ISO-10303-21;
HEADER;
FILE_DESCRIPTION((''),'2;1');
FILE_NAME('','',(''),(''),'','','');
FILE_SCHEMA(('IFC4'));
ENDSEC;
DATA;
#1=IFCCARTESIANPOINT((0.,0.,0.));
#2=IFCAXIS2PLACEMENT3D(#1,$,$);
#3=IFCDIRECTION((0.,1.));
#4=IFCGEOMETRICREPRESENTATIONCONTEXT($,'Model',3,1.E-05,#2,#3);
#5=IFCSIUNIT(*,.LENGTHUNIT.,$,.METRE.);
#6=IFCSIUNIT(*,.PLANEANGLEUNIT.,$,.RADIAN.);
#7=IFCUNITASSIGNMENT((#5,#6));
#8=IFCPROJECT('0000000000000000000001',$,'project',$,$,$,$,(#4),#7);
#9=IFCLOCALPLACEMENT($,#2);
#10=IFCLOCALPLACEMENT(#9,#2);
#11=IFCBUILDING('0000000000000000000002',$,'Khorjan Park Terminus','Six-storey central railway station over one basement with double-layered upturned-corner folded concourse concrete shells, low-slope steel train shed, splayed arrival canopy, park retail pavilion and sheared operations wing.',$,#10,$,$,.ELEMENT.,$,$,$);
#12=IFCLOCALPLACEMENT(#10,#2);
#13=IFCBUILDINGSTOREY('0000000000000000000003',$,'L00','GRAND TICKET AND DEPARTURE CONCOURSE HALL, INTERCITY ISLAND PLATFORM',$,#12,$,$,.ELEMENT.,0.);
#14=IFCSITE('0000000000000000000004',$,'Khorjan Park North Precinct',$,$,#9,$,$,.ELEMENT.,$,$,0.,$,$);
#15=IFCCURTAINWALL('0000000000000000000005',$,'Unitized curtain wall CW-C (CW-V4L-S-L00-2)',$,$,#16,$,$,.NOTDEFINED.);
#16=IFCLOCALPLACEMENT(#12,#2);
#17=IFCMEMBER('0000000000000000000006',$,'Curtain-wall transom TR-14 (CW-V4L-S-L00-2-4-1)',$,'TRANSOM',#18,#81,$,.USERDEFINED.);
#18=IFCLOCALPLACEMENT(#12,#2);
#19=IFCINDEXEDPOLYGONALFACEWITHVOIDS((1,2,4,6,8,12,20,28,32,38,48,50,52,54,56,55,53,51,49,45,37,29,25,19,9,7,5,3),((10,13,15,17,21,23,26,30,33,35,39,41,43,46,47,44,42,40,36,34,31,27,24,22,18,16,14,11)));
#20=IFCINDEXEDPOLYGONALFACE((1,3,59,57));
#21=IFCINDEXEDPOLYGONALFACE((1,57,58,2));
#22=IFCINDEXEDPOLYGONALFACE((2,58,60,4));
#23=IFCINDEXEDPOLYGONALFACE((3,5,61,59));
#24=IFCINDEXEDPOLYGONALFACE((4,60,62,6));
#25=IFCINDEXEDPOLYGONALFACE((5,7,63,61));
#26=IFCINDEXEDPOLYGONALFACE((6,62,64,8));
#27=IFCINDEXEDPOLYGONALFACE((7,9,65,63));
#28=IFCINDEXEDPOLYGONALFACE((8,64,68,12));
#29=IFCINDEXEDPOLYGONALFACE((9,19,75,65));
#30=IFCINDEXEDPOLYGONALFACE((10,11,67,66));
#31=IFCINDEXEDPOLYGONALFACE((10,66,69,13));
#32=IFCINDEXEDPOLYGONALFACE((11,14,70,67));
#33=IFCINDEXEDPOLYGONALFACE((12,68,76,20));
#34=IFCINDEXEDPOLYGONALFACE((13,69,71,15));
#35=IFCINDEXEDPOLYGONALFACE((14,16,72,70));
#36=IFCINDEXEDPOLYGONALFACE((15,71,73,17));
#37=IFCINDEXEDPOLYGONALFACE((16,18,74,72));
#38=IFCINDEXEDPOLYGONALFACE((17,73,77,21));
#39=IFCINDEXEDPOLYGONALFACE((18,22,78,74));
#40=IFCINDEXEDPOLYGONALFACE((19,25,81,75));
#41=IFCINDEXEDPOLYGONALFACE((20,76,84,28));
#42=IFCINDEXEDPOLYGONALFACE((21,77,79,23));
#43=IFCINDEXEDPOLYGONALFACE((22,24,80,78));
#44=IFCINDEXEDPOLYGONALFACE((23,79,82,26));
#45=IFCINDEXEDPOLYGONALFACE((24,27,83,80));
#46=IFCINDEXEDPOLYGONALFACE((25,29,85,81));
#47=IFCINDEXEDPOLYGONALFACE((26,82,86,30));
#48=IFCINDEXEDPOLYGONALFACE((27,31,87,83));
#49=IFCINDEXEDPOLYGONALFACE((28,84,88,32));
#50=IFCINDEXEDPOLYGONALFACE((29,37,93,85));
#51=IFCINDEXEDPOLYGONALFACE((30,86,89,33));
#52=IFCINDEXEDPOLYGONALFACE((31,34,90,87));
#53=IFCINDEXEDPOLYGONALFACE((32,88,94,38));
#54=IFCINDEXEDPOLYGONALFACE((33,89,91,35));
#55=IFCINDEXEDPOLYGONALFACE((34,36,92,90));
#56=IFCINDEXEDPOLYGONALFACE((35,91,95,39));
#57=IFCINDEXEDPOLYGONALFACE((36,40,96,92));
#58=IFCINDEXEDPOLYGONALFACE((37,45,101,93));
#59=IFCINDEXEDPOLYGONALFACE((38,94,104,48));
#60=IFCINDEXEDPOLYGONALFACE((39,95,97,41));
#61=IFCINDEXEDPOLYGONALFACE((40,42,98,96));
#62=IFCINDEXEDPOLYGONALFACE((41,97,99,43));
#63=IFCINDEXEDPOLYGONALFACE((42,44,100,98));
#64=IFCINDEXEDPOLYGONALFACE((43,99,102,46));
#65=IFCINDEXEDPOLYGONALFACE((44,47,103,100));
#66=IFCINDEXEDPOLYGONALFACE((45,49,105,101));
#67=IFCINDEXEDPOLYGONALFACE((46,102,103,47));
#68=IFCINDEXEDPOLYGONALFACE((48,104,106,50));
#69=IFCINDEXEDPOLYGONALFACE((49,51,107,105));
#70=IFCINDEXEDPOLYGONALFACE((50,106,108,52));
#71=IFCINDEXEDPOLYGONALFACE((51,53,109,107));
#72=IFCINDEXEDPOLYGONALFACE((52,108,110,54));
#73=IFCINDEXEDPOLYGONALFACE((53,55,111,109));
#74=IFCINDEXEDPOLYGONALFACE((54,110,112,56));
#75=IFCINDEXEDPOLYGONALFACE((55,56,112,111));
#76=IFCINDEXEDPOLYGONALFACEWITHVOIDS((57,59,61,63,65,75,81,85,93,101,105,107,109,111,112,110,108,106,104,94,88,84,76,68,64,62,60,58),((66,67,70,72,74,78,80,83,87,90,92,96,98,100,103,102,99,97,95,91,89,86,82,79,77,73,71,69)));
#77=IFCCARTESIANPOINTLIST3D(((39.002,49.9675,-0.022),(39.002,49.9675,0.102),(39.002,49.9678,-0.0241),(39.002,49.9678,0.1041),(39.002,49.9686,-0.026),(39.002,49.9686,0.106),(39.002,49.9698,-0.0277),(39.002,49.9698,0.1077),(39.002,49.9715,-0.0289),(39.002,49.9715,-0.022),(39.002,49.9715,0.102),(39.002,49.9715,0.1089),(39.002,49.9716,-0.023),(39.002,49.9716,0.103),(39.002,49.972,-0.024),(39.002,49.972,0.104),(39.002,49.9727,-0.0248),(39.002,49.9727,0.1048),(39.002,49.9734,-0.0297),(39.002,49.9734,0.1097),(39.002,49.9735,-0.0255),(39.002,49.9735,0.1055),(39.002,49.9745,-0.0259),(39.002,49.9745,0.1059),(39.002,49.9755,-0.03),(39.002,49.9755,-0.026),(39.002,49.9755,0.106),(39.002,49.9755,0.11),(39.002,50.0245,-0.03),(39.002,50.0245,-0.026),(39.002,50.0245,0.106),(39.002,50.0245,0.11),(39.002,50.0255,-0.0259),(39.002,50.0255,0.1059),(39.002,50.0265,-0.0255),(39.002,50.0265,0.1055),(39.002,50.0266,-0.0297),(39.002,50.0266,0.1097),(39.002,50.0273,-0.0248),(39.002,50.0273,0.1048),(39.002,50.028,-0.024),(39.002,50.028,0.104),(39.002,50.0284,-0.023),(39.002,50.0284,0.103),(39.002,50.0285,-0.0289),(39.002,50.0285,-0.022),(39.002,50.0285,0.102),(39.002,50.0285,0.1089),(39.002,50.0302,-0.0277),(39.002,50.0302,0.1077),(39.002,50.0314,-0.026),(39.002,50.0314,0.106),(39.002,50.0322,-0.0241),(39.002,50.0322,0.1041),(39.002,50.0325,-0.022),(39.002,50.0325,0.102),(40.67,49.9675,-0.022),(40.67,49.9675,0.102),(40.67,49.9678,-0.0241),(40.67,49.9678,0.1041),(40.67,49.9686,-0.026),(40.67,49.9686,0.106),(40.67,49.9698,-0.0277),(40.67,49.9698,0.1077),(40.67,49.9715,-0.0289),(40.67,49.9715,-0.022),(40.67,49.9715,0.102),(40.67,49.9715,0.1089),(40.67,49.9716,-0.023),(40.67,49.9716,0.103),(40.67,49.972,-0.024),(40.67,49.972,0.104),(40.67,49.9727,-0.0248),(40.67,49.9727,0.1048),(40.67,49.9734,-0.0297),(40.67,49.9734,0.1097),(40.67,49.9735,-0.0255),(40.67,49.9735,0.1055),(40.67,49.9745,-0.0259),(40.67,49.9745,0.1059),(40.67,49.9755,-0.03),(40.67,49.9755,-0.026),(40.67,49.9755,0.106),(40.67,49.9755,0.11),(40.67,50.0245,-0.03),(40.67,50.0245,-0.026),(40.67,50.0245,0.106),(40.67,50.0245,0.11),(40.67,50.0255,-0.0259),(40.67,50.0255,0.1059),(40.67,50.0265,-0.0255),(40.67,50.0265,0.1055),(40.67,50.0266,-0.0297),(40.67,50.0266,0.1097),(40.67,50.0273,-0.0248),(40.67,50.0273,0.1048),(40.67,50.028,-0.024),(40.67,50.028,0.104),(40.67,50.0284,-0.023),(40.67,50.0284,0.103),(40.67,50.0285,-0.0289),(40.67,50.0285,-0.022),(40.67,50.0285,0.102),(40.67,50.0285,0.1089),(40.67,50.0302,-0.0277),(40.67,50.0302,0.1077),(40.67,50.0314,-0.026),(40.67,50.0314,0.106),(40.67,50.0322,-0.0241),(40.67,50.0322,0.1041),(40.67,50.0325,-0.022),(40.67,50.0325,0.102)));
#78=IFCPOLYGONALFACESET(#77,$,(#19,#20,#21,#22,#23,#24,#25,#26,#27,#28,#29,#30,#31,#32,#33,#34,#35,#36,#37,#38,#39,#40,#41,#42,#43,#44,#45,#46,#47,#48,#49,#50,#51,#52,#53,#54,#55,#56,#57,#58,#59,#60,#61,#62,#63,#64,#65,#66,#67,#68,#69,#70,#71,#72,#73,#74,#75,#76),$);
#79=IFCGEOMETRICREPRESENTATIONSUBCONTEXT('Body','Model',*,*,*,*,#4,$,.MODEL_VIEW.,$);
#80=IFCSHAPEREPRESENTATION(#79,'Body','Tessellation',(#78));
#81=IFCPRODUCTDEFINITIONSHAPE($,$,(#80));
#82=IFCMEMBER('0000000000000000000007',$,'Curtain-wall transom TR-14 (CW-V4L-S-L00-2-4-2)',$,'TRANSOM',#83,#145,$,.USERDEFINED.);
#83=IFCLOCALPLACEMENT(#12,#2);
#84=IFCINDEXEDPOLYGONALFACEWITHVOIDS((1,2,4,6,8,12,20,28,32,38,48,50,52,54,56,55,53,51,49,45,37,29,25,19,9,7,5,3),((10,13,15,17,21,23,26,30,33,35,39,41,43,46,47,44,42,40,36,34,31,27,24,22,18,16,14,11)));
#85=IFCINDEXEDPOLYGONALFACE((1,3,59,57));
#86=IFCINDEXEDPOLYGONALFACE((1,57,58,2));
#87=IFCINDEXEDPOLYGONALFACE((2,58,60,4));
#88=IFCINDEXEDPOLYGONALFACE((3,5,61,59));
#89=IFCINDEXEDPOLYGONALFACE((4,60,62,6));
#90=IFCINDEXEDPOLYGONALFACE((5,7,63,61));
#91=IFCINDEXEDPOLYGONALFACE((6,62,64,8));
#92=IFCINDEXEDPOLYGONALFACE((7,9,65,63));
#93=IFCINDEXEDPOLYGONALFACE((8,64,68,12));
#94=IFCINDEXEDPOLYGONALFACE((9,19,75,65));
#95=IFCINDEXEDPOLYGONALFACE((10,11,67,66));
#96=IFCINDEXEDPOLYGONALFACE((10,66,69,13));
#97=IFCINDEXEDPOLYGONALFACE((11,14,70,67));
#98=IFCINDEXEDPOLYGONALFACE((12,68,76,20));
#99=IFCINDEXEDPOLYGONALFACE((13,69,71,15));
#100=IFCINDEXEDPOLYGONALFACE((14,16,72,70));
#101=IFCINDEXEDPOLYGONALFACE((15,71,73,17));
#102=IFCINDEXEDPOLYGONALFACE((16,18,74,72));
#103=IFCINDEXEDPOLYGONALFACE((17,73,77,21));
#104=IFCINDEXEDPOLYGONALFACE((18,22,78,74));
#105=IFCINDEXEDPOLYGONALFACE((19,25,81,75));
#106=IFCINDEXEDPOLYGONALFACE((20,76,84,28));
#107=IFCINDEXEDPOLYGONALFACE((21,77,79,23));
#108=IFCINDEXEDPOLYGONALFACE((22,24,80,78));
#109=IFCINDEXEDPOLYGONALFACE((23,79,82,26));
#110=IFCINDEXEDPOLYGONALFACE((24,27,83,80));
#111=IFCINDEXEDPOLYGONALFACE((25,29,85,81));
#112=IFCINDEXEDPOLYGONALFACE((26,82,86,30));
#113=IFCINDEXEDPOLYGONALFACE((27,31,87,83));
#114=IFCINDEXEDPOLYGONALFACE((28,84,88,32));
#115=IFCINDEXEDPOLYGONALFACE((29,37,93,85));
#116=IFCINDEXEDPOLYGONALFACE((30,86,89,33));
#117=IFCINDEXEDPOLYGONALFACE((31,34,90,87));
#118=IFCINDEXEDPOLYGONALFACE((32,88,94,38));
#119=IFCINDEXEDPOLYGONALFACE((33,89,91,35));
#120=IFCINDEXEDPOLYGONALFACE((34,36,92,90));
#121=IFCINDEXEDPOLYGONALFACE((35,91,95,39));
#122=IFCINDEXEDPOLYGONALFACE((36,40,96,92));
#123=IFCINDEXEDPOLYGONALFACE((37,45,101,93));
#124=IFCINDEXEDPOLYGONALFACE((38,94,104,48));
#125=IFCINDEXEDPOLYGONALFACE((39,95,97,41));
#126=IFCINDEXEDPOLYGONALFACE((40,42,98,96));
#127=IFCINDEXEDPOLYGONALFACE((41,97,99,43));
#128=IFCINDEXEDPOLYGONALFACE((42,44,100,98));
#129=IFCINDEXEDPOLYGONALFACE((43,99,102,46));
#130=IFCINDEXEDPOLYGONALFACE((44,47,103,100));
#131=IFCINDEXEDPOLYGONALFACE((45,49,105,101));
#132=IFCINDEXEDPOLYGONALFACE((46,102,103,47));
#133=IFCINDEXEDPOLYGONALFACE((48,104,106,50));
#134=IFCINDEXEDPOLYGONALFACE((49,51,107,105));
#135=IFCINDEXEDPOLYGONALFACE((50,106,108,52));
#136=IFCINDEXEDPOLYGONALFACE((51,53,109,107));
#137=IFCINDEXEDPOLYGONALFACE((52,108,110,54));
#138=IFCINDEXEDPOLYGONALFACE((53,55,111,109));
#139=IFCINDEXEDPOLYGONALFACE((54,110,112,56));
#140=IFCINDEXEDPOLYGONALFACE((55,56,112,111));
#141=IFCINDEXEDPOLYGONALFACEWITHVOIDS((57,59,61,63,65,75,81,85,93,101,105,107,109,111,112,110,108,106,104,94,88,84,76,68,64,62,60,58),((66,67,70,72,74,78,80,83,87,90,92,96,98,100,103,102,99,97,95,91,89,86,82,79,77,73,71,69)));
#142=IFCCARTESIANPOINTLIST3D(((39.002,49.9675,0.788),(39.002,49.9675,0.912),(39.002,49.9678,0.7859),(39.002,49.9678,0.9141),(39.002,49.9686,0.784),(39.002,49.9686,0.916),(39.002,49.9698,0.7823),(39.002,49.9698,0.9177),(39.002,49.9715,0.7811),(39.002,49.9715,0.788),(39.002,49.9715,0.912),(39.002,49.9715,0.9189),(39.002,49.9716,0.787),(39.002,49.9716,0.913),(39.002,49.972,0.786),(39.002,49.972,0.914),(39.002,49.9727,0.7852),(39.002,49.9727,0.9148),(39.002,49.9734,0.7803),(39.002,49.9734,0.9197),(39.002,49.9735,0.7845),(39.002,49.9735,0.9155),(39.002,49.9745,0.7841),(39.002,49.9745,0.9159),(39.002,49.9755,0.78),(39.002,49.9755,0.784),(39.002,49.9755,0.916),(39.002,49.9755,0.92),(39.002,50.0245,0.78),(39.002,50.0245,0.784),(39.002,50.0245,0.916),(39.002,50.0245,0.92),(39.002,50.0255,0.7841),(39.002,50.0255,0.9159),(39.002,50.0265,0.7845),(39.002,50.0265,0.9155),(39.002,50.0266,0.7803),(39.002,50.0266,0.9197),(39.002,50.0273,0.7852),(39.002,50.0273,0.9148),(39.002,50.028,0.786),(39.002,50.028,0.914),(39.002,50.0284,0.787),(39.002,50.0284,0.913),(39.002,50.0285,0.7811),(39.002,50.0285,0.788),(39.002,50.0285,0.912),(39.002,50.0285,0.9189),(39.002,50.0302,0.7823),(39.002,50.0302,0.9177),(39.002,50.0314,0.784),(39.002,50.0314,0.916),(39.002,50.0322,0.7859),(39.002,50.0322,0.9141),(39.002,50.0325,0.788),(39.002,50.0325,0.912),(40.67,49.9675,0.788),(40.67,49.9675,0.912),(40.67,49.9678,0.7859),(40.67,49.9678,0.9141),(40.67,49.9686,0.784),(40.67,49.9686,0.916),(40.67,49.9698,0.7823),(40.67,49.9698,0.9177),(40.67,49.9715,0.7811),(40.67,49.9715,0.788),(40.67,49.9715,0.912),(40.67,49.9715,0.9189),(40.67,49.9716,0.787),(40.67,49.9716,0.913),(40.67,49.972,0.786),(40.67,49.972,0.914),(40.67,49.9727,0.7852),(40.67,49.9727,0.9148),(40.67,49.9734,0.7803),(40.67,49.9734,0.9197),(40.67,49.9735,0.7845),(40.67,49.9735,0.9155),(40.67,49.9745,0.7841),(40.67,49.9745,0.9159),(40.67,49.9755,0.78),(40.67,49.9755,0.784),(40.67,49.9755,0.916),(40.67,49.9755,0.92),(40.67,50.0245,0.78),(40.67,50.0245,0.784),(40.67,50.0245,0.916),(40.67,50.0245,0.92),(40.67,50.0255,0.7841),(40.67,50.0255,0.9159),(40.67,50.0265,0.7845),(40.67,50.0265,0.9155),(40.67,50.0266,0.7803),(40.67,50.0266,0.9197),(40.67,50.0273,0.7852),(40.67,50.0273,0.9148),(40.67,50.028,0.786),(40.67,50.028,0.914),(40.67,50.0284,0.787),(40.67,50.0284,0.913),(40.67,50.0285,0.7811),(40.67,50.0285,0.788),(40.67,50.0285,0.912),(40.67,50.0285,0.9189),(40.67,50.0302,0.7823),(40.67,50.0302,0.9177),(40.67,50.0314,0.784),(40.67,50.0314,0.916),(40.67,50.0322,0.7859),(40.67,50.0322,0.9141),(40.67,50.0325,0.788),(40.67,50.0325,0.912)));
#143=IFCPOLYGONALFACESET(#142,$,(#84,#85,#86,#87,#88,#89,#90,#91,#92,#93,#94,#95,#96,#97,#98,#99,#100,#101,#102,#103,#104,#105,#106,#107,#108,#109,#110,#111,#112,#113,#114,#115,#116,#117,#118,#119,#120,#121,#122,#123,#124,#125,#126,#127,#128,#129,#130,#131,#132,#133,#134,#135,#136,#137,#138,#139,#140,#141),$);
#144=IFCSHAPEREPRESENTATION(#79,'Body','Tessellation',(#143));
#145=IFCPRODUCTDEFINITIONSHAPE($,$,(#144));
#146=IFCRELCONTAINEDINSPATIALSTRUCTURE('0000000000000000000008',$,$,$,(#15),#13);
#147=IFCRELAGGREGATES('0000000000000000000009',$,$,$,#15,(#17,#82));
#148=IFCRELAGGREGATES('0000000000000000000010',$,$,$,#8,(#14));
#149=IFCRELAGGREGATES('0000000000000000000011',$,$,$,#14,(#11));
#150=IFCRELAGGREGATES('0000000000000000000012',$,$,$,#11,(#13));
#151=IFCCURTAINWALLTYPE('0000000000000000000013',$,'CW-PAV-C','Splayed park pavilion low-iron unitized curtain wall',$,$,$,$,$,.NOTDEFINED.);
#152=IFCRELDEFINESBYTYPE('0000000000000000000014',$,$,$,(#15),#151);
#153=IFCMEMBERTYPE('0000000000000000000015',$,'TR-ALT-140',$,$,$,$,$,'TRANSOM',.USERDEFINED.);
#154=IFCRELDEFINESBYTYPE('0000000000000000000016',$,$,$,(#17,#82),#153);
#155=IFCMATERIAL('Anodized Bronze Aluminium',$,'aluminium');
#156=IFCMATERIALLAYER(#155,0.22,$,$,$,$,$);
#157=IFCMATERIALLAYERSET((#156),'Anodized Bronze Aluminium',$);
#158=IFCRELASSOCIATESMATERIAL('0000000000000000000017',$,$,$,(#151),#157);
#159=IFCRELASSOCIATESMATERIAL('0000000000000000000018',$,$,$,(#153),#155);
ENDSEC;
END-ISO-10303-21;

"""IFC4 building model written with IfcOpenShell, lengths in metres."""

from ifc_helpers import new_model, si_unit, direction, frame, origin, origin_2d, place, context, subcontext, project, spatial, hollow_rectangle, extrude, material, layer, layer_set, material_profile, profile_set, type_object, element, aggregate, save


model = new_model("IFC4")

# Units and contexts
model_context = context("Model", 3, precision=1e-05, world=origin(), true_north=direction((0.0, 1.0)))
body_context = subcontext(model_context, "Body", "Model", "MODEL_VIEW")
ifc_project = project(units=[si_unit("LENGTHUNIT", "METRE"), si_unit("PLANEANGLEUNIT", "RADIAN")], contexts=[model_context])

# Site, building, storey
site_placement = place(None, origin())
site = spatial("IfcSite", under=ifc_project, at=site_placement, Name="Khorjan Park North Precinct", CompositionType="ELEMENT", RefElevation=0.0)
building_placement = place(site_placement, origin())
building = spatial("IfcBuilding", under=site, at=building_placement, Name="Khorjan Park Terminus", Description="Six-storey central railway station over one basement with double-layered upturned-corner folded concourse concrete shells, low-slope steel train shed, splayed arrival canopy, park retail pavilion and sheared operations wing.", CompositionType="ELEMENT")
storey_placement = place(building_placement, origin())
storey = spatial("IfcBuildingStorey", under=building, at=storey_placement, Name="L00", Description="GRAND TICKET AND DEPARTURE CONCOURSE HALL, INTERCITY ISLAND PLATFORM", CompositionType="ELEMENT", Elevation=0.0)

# Curtain wall, members
ifc_material_1 = material(Name="Anodized Bronze Aluminium", Category="aluminium")
ifc_layer_1 = layer(ifc_material_1, 0.22)
ifc_layer_set_1 = layer_set([ifc_layer_1], Name="Anodized Bronze Aluminium")
curtain_wall_type = type_object("IfcCurtainWallType", Name="CW-PAV-C", Description="Splayed park pavilion low-iron unitized curtain wall", PredefinedType="NOTDEFINED", material=ifc_layer_set_1)
curtain_wall_placement = place(storey_placement, origin())
curtain_wall = element("IfcCurtainWall", 1, at=curtain_wall_placement, inside=storey, type_object=curtain_wall_type, Name="Unitized curtain wall CW-C (CW-V4L-S-L00-2)", PredefinedType="NOTDEFINED")
ifc_material_profile_1 = material_profile(ifc_material_1, hollow_rectangle(XDim=0.065, YDim=0.14, WallThickness=0.004, InnerFilletRadius=0.004, OuterFilletRadius=0.008, at=origin_2d()), Name="ALT 65x140x4")
ifc_profile_set_1 = profile_set([ifc_material_profile_1], Name="Anodized Bronze Aluminium")
member_type_1 = type_object("IfcMemberType", Name="TR-ALT-140", ElementType="TRANSOM", PredefinedType="USERDEFINED", material=ifc_profile_set_1)
member_1_placement = place(storey_placement, frame((39.002, 50.0, 0.04), z_axis=(1.0, 0.0, 0.0), x_axis=(0.0, 1.0, 0.0)))
member_1 = element("IfcMember", 2, at=member_1_placement, type_object=member_type_1, Name="Curtain-wall transom TR-14 (CW-V4L-S-L00-2-4-1)", ObjectType="TRANSOM", PredefinedType="USERDEFINED", context=body_context, shape_type="SweptSolid", body=[
    extrude(hollow_rectangle(XDim=0.065, YDim=0.14, WallThickness=0.004, InnerFilletRadius=0.004, OuterFilletRadius=0.008, at=origin_2d()), origin(), (0.0, 0.0, 1.0), 1.668),
])
member_2_placement = place(storey_placement, frame((39.002, 50.0, 0.85), z_axis=(1.0, 0.0, 0.0), x_axis=(0.0, 1.0, 0.0)))
member_2 = element("IfcMember", 3, at=member_2_placement, type_object=member_type_1, Name="Curtain-wall transom TR-14 (CW-V4L-S-L00-2-4-2)", ObjectType="TRANSOM", PredefinedType="USERDEFINED", context=body_context, shape_type="SweptSolid", body=[
    extrude(hollow_rectangle(XDim=0.065, YDim=0.14, WallThickness=0.004, InnerFilletRadius=0.004, OuterFilletRadius=0.008, at=origin_2d()), origin(), (0.0, 0.0, 1.0), 1.668),
])
aggregate(curtain_wall, [member_1, member_2])

save(model, "model.ifc")
